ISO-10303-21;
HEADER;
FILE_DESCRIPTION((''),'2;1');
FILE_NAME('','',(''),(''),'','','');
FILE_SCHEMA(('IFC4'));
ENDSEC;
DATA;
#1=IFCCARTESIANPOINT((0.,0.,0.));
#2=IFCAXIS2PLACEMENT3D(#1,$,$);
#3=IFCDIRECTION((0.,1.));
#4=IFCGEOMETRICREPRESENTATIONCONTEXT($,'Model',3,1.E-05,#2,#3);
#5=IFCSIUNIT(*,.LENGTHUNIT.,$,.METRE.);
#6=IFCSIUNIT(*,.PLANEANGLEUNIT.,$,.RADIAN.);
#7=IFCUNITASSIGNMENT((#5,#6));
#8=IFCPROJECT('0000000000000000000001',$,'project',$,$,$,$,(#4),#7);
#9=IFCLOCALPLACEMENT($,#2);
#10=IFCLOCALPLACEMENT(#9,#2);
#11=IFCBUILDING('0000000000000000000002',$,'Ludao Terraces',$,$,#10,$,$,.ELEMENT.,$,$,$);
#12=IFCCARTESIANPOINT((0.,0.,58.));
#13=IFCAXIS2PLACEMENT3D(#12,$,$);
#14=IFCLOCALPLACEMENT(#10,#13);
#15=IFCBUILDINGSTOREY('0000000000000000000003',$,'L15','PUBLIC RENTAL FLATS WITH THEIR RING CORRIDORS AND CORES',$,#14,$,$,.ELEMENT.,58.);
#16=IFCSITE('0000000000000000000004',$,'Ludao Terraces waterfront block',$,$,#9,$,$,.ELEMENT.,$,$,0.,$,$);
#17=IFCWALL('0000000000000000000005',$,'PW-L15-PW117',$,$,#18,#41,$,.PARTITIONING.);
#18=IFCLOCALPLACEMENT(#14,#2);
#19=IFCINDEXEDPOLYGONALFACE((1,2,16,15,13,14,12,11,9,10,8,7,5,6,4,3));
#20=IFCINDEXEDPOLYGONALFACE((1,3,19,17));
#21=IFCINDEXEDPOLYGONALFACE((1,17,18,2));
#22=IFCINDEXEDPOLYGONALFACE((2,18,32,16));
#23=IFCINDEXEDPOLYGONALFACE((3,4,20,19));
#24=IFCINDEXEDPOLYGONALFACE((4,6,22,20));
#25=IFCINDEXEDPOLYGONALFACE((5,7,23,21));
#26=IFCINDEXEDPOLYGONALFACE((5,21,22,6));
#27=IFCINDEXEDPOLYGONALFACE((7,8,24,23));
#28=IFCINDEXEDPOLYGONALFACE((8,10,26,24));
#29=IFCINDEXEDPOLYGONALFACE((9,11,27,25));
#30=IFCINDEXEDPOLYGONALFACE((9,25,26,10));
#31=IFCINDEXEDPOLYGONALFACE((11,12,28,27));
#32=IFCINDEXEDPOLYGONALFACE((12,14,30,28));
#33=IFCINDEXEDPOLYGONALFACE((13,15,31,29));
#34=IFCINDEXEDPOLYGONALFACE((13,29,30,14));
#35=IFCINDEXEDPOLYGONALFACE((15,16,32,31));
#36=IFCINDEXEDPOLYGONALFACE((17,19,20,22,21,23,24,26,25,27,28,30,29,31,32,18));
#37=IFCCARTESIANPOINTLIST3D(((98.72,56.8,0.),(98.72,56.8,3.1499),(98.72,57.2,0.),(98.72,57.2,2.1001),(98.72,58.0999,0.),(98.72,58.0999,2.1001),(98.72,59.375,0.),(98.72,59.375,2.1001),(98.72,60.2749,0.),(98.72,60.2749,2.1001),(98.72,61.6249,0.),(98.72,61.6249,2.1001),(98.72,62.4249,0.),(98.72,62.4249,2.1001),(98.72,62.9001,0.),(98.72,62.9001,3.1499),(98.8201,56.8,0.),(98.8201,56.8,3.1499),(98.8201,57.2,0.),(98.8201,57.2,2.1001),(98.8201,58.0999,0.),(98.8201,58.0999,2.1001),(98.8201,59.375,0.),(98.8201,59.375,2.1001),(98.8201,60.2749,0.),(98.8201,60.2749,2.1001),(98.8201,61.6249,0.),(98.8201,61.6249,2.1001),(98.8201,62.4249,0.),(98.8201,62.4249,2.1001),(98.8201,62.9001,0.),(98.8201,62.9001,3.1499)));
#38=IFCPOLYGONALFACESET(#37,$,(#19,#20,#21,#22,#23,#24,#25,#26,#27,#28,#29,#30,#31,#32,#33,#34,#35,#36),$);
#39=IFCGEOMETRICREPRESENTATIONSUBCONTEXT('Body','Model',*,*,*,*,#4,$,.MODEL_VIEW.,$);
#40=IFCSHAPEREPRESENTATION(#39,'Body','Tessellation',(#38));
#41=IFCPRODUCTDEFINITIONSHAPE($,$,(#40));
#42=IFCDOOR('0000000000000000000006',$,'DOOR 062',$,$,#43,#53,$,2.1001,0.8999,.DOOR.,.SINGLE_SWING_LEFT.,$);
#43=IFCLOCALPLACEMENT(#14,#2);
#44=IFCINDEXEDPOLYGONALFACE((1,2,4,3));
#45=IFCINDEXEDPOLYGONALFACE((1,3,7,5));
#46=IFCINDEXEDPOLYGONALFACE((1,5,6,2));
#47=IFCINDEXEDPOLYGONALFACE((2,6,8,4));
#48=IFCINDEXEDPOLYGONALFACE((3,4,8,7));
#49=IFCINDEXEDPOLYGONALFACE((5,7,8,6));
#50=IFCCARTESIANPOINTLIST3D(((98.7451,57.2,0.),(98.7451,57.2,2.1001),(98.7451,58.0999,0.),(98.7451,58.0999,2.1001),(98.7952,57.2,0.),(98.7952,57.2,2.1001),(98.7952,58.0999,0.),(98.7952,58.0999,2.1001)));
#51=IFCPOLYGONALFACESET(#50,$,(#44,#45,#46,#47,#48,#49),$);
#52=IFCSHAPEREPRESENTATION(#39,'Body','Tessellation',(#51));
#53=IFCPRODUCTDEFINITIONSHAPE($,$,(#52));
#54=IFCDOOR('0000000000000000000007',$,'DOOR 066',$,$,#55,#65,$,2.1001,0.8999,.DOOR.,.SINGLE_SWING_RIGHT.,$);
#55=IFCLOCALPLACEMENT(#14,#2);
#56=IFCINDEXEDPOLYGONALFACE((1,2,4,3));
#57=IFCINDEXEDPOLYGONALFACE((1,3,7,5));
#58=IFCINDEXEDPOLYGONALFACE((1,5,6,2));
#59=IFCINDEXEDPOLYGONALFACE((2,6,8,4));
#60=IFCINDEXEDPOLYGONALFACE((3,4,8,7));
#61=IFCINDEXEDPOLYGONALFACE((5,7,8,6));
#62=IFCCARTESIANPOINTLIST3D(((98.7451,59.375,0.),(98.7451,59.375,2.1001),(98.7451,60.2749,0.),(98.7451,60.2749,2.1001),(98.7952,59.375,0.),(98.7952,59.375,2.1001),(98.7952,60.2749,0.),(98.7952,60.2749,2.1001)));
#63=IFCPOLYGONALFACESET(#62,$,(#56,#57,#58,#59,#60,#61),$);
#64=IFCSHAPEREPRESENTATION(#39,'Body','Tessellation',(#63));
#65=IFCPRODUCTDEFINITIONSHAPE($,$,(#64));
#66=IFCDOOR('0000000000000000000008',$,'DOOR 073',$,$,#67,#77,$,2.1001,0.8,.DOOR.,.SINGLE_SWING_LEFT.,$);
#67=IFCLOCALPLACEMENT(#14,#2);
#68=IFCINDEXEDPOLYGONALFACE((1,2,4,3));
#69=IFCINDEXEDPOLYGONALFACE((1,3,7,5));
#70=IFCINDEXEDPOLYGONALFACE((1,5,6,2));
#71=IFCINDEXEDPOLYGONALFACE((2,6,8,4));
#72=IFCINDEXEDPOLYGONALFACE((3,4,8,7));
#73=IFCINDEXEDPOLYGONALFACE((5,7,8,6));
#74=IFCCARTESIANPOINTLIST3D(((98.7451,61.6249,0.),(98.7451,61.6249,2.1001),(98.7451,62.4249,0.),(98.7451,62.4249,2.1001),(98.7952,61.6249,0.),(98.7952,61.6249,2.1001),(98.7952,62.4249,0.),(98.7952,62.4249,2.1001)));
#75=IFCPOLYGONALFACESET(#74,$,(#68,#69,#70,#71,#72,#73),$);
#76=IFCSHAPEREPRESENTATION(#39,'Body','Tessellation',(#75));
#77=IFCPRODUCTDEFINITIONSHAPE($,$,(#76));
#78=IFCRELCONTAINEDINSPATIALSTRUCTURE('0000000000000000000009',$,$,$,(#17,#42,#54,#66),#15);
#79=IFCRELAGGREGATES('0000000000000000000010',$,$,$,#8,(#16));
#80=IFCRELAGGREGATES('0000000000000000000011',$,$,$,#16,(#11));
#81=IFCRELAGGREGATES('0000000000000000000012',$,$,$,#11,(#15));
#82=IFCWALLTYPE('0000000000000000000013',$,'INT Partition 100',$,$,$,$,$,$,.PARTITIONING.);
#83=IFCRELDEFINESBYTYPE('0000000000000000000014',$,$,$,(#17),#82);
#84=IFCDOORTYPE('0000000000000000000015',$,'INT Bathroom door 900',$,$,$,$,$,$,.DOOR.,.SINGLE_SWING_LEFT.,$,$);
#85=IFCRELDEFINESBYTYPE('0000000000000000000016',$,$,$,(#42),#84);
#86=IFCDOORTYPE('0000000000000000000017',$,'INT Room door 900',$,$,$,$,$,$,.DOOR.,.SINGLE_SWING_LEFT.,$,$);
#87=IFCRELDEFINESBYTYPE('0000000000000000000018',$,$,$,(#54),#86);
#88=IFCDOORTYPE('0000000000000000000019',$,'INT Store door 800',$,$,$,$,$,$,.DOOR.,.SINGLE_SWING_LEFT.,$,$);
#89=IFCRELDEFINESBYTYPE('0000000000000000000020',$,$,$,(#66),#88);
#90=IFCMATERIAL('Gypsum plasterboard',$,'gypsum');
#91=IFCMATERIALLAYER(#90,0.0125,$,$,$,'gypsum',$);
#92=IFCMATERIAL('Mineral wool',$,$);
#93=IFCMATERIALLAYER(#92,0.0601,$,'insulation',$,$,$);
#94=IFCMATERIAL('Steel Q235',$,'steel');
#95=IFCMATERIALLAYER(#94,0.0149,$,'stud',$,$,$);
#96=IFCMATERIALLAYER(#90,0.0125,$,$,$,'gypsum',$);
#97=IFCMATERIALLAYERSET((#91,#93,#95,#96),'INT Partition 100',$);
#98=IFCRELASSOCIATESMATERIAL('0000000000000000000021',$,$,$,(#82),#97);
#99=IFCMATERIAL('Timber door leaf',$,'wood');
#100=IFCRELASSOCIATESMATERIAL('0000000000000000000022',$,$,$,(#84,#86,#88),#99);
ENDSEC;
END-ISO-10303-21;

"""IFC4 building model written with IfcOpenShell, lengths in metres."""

from ifc_helpers import new_model, si_unit, direction, frame, frame_2d, origin, place, context, subcontext, project, spatial, rectangle, extrude, material, layer, layer_set, type_object, element, fill, save


model = new_model("IFC4")

# Units and contexts
model_context = context("Model", 3, precision=1e-05, world=origin(), true_north=direction((0.0, 1.0)))
body_context = subcontext(model_context, "Body", "Model", "MODEL_VIEW")
ifc_project = project(units=[si_unit("LENGTHUNIT", "METRE"), si_unit("PLANEANGLEUNIT", "RADIAN")], contexts=[model_context])

# Site, building, storey
site_placement = place(None, origin())
site = spatial("IfcSite", under=ifc_project, at=site_placement, Name="Ludao Terraces waterfront block", CompositionType="ELEMENT", RefElevation=0.0)
building_placement = place(site_placement, origin())
building = spatial("IfcBuilding", under=site, at=building_placement, Name="Ludao Terraces", CompositionType="ELEMENT")
storey_placement = place(building_placement, frame((0.0, 0.0, 58.0)))
storey = spatial("IfcBuildingStorey", under=building, at=storey_placement, Name="L15", Description="PUBLIC RENTAL FLATS WITH THEIR RING CORRIDORS AND CORES", CompositionType="ELEMENT", Elevation=58.0)

# Shared definitions
ifc_material_1 = material(Name="Steel Q235", Category="steel")

# Shared definitions
ifc_material_2 = material(Name="Gypsum plasterboard", Category="gypsum")
ifc_layer_1 = layer(ifc_material_2, 0.0125, Category="gypsum")
ifc_material_3 = material(Name="Mineral wool")
ifc_layer_2 = layer(ifc_material_3, 0.0601, Name="insulation")
ifc_layer_3 = layer(ifc_material_1, 0.0149, Name="stud")
ifc_layer_4 = layer(ifc_material_2, 0.0125, Category="gypsum")
ifc_layer_set_1 = layer_set([ifc_layer_1, ifc_layer_2, ifc_layer_3, ifc_layer_4], Name="INT Partition 100")
wall_type_1 = type_object("IfcWallType", Name="INT Partition 100", PredefinedType="PARTITIONING", material=ifc_layer_set_1)

# Wall, openings, doors
wall_1_placement = place(storey_placement, frame((98.77, 56.8, 0.0), z_axis=(0.0, 0.0, 1.0), x_axis=(0.0, 1.0, 0.0)))
wall_1 = element("IfcWall", 1, at=wall_1_placement, inside=storey, type_object=wall_type_1, Name="PW-L15-PW117", PredefinedType="PARTITIONING", context=body_context, shape_type="SweptSolid", body=[
    extrude(rectangle(XDim=6.1001, YDim=0.1001, at=frame_2d((3.05, 0.0))), origin(), (0.0, 0.0, 1.0), 3.1499),
])
opening_1_placement = place(wall_1_placement, frame((0.3999, 0.0, 0.0)))
opening_1 = element("IfcOpeningElement", 2, at=opening_1_placement, cuts=wall_1, PredefinedType="OPENING", context=body_context, shape_type="SweptSolid", body=[
    extrude(rectangle(XDim=0.8999, YDim=2.1001, at=frame_2d((0.45, 1.05))), frame((0.0, 0.0601, 0.0), z_axis=(0.0, -1.0, 0.0), x_axis=(1.0, 0.0, 0.0)), (0.0, 0.0, 1.0), 0.1201),
])
opening_2_placement = place(wall_1_placement, frame((2.575, 0.0, 0.0)))
opening_2 = element("IfcOpeningElement", 3, at=opening_2_placement, cuts=wall_1, PredefinedType="OPENING", context=body_context, shape_type="SweptSolid", body=[
    extrude(rectangle(XDim=0.8999, YDim=2.1001, at=frame_2d((0.45, 1.05))), frame((0.0, 0.0601, 0.0), z_axis=(0.0, -1.0, 0.0), x_axis=(1.0, 0.0, 0.0)), (0.0, 0.0, 1.0), 0.1201),
])
opening_3_placement = place(wall_1_placement, frame((4.825, 0.0, 0.0)))
opening_3 = element("IfcOpeningElement", 4, at=opening_3_placement, cuts=wall_1, PredefinedType="OPENING", context=body_context, shape_type="SweptSolid", body=[
    extrude(rectangle(XDim=0.8, YDim=2.1001, at=frame_2d((0.3999, 1.05))), frame((0.0, 0.0601, 0.0), z_axis=(0.0, -1.0, 0.0), x_axis=(1.0, 0.0, 0.0)), (0.0, 0.0, 1.0), 0.1201),
])
ifc_material_4 = material(Name="Timber door leaf", Category="wood")
door_type_1 = type_object("IfcDoorType", Name="INT Bathroom door 900", OperationType="SINGLE_SWING_LEFT", PredefinedType="DOOR", material=ifc_material_4)
door_1_placement = place(opening_1_placement, origin())
door_1 = element("IfcDoor", 5, at=door_1_placement, inside=storey, type_object=door_type_1, Name="DOOR 062", OperationType="SINGLE_SWING_LEFT", OverallHeight=2.1001, OverallWidth=0.8999, PredefinedType="DOOR", context=body_context, shape_type="SweptSolid", body=[
    extrude(rectangle(XDim=0.8999, YDim=2.1001, at=frame_2d((0.45, 1.05))), frame((0.0, 0.0249, 0.0), z_axis=(0.0, -1.0, 0.0), x_axis=(1.0, 0.0, 0.0)), (0.0, 0.0, 1.0), 0.05),
])
fill(opening_1, door_1)
door_type_2 = type_object("IfcDoorType", Name="INT Room door 900", OperationType="SINGLE_SWING_LEFT", PredefinedType="DOOR", material=ifc_material_4)
door_2_placement = place(opening_2_placement, origin())
door_2 = element("IfcDoor", 6, at=door_2_placement, inside=storey, type_object=door_type_2, Name="DOOR 066", OperationType="SINGLE_SWING_RIGHT", OverallHeight=2.1001, OverallWidth=0.8999, PredefinedType="DOOR", context=body_context, shape_type="SweptSolid", body=[
    extrude(rectangle(XDim=0.8999, YDim=2.1001, at=frame_2d((0.45, 1.05))), frame((0.0, 0.0249, 0.0), z_axis=(0.0, -1.0, 0.0), x_axis=(1.0, 0.0, 0.0)), (0.0, 0.0, 1.0), 0.05),
])
fill(opening_2, door_2)
door_type_3 = type_object("IfcDoorType", Name="INT Store door 800", OperationType="SINGLE_SWING_LEFT", PredefinedType="DOOR", material=ifc_material_4)
door_3_placement = place(opening_3_placement, origin())
door_3 = element("IfcDoor", 7, at=door_3_placement, inside=storey, type_object=door_type_3, Name="DOOR 073", OperationType="SINGLE_SWING_LEFT", OverallHeight=2.1001, OverallWidth=0.8, PredefinedType="DOOR", context=body_context, shape_type="SweptSolid", body=[
    extrude(rectangle(XDim=0.8, YDim=2.1001, at=frame_2d((0.3999, 1.05))), frame((0.0, 0.0249, 0.0), z_axis=(0.0, -1.0, 0.0), x_axis=(1.0, 0.0, 0.0)), (0.0, 0.0, 1.0), 0.05),
])
fill(opening_3, door_3)

save(model, "model.ifc")
